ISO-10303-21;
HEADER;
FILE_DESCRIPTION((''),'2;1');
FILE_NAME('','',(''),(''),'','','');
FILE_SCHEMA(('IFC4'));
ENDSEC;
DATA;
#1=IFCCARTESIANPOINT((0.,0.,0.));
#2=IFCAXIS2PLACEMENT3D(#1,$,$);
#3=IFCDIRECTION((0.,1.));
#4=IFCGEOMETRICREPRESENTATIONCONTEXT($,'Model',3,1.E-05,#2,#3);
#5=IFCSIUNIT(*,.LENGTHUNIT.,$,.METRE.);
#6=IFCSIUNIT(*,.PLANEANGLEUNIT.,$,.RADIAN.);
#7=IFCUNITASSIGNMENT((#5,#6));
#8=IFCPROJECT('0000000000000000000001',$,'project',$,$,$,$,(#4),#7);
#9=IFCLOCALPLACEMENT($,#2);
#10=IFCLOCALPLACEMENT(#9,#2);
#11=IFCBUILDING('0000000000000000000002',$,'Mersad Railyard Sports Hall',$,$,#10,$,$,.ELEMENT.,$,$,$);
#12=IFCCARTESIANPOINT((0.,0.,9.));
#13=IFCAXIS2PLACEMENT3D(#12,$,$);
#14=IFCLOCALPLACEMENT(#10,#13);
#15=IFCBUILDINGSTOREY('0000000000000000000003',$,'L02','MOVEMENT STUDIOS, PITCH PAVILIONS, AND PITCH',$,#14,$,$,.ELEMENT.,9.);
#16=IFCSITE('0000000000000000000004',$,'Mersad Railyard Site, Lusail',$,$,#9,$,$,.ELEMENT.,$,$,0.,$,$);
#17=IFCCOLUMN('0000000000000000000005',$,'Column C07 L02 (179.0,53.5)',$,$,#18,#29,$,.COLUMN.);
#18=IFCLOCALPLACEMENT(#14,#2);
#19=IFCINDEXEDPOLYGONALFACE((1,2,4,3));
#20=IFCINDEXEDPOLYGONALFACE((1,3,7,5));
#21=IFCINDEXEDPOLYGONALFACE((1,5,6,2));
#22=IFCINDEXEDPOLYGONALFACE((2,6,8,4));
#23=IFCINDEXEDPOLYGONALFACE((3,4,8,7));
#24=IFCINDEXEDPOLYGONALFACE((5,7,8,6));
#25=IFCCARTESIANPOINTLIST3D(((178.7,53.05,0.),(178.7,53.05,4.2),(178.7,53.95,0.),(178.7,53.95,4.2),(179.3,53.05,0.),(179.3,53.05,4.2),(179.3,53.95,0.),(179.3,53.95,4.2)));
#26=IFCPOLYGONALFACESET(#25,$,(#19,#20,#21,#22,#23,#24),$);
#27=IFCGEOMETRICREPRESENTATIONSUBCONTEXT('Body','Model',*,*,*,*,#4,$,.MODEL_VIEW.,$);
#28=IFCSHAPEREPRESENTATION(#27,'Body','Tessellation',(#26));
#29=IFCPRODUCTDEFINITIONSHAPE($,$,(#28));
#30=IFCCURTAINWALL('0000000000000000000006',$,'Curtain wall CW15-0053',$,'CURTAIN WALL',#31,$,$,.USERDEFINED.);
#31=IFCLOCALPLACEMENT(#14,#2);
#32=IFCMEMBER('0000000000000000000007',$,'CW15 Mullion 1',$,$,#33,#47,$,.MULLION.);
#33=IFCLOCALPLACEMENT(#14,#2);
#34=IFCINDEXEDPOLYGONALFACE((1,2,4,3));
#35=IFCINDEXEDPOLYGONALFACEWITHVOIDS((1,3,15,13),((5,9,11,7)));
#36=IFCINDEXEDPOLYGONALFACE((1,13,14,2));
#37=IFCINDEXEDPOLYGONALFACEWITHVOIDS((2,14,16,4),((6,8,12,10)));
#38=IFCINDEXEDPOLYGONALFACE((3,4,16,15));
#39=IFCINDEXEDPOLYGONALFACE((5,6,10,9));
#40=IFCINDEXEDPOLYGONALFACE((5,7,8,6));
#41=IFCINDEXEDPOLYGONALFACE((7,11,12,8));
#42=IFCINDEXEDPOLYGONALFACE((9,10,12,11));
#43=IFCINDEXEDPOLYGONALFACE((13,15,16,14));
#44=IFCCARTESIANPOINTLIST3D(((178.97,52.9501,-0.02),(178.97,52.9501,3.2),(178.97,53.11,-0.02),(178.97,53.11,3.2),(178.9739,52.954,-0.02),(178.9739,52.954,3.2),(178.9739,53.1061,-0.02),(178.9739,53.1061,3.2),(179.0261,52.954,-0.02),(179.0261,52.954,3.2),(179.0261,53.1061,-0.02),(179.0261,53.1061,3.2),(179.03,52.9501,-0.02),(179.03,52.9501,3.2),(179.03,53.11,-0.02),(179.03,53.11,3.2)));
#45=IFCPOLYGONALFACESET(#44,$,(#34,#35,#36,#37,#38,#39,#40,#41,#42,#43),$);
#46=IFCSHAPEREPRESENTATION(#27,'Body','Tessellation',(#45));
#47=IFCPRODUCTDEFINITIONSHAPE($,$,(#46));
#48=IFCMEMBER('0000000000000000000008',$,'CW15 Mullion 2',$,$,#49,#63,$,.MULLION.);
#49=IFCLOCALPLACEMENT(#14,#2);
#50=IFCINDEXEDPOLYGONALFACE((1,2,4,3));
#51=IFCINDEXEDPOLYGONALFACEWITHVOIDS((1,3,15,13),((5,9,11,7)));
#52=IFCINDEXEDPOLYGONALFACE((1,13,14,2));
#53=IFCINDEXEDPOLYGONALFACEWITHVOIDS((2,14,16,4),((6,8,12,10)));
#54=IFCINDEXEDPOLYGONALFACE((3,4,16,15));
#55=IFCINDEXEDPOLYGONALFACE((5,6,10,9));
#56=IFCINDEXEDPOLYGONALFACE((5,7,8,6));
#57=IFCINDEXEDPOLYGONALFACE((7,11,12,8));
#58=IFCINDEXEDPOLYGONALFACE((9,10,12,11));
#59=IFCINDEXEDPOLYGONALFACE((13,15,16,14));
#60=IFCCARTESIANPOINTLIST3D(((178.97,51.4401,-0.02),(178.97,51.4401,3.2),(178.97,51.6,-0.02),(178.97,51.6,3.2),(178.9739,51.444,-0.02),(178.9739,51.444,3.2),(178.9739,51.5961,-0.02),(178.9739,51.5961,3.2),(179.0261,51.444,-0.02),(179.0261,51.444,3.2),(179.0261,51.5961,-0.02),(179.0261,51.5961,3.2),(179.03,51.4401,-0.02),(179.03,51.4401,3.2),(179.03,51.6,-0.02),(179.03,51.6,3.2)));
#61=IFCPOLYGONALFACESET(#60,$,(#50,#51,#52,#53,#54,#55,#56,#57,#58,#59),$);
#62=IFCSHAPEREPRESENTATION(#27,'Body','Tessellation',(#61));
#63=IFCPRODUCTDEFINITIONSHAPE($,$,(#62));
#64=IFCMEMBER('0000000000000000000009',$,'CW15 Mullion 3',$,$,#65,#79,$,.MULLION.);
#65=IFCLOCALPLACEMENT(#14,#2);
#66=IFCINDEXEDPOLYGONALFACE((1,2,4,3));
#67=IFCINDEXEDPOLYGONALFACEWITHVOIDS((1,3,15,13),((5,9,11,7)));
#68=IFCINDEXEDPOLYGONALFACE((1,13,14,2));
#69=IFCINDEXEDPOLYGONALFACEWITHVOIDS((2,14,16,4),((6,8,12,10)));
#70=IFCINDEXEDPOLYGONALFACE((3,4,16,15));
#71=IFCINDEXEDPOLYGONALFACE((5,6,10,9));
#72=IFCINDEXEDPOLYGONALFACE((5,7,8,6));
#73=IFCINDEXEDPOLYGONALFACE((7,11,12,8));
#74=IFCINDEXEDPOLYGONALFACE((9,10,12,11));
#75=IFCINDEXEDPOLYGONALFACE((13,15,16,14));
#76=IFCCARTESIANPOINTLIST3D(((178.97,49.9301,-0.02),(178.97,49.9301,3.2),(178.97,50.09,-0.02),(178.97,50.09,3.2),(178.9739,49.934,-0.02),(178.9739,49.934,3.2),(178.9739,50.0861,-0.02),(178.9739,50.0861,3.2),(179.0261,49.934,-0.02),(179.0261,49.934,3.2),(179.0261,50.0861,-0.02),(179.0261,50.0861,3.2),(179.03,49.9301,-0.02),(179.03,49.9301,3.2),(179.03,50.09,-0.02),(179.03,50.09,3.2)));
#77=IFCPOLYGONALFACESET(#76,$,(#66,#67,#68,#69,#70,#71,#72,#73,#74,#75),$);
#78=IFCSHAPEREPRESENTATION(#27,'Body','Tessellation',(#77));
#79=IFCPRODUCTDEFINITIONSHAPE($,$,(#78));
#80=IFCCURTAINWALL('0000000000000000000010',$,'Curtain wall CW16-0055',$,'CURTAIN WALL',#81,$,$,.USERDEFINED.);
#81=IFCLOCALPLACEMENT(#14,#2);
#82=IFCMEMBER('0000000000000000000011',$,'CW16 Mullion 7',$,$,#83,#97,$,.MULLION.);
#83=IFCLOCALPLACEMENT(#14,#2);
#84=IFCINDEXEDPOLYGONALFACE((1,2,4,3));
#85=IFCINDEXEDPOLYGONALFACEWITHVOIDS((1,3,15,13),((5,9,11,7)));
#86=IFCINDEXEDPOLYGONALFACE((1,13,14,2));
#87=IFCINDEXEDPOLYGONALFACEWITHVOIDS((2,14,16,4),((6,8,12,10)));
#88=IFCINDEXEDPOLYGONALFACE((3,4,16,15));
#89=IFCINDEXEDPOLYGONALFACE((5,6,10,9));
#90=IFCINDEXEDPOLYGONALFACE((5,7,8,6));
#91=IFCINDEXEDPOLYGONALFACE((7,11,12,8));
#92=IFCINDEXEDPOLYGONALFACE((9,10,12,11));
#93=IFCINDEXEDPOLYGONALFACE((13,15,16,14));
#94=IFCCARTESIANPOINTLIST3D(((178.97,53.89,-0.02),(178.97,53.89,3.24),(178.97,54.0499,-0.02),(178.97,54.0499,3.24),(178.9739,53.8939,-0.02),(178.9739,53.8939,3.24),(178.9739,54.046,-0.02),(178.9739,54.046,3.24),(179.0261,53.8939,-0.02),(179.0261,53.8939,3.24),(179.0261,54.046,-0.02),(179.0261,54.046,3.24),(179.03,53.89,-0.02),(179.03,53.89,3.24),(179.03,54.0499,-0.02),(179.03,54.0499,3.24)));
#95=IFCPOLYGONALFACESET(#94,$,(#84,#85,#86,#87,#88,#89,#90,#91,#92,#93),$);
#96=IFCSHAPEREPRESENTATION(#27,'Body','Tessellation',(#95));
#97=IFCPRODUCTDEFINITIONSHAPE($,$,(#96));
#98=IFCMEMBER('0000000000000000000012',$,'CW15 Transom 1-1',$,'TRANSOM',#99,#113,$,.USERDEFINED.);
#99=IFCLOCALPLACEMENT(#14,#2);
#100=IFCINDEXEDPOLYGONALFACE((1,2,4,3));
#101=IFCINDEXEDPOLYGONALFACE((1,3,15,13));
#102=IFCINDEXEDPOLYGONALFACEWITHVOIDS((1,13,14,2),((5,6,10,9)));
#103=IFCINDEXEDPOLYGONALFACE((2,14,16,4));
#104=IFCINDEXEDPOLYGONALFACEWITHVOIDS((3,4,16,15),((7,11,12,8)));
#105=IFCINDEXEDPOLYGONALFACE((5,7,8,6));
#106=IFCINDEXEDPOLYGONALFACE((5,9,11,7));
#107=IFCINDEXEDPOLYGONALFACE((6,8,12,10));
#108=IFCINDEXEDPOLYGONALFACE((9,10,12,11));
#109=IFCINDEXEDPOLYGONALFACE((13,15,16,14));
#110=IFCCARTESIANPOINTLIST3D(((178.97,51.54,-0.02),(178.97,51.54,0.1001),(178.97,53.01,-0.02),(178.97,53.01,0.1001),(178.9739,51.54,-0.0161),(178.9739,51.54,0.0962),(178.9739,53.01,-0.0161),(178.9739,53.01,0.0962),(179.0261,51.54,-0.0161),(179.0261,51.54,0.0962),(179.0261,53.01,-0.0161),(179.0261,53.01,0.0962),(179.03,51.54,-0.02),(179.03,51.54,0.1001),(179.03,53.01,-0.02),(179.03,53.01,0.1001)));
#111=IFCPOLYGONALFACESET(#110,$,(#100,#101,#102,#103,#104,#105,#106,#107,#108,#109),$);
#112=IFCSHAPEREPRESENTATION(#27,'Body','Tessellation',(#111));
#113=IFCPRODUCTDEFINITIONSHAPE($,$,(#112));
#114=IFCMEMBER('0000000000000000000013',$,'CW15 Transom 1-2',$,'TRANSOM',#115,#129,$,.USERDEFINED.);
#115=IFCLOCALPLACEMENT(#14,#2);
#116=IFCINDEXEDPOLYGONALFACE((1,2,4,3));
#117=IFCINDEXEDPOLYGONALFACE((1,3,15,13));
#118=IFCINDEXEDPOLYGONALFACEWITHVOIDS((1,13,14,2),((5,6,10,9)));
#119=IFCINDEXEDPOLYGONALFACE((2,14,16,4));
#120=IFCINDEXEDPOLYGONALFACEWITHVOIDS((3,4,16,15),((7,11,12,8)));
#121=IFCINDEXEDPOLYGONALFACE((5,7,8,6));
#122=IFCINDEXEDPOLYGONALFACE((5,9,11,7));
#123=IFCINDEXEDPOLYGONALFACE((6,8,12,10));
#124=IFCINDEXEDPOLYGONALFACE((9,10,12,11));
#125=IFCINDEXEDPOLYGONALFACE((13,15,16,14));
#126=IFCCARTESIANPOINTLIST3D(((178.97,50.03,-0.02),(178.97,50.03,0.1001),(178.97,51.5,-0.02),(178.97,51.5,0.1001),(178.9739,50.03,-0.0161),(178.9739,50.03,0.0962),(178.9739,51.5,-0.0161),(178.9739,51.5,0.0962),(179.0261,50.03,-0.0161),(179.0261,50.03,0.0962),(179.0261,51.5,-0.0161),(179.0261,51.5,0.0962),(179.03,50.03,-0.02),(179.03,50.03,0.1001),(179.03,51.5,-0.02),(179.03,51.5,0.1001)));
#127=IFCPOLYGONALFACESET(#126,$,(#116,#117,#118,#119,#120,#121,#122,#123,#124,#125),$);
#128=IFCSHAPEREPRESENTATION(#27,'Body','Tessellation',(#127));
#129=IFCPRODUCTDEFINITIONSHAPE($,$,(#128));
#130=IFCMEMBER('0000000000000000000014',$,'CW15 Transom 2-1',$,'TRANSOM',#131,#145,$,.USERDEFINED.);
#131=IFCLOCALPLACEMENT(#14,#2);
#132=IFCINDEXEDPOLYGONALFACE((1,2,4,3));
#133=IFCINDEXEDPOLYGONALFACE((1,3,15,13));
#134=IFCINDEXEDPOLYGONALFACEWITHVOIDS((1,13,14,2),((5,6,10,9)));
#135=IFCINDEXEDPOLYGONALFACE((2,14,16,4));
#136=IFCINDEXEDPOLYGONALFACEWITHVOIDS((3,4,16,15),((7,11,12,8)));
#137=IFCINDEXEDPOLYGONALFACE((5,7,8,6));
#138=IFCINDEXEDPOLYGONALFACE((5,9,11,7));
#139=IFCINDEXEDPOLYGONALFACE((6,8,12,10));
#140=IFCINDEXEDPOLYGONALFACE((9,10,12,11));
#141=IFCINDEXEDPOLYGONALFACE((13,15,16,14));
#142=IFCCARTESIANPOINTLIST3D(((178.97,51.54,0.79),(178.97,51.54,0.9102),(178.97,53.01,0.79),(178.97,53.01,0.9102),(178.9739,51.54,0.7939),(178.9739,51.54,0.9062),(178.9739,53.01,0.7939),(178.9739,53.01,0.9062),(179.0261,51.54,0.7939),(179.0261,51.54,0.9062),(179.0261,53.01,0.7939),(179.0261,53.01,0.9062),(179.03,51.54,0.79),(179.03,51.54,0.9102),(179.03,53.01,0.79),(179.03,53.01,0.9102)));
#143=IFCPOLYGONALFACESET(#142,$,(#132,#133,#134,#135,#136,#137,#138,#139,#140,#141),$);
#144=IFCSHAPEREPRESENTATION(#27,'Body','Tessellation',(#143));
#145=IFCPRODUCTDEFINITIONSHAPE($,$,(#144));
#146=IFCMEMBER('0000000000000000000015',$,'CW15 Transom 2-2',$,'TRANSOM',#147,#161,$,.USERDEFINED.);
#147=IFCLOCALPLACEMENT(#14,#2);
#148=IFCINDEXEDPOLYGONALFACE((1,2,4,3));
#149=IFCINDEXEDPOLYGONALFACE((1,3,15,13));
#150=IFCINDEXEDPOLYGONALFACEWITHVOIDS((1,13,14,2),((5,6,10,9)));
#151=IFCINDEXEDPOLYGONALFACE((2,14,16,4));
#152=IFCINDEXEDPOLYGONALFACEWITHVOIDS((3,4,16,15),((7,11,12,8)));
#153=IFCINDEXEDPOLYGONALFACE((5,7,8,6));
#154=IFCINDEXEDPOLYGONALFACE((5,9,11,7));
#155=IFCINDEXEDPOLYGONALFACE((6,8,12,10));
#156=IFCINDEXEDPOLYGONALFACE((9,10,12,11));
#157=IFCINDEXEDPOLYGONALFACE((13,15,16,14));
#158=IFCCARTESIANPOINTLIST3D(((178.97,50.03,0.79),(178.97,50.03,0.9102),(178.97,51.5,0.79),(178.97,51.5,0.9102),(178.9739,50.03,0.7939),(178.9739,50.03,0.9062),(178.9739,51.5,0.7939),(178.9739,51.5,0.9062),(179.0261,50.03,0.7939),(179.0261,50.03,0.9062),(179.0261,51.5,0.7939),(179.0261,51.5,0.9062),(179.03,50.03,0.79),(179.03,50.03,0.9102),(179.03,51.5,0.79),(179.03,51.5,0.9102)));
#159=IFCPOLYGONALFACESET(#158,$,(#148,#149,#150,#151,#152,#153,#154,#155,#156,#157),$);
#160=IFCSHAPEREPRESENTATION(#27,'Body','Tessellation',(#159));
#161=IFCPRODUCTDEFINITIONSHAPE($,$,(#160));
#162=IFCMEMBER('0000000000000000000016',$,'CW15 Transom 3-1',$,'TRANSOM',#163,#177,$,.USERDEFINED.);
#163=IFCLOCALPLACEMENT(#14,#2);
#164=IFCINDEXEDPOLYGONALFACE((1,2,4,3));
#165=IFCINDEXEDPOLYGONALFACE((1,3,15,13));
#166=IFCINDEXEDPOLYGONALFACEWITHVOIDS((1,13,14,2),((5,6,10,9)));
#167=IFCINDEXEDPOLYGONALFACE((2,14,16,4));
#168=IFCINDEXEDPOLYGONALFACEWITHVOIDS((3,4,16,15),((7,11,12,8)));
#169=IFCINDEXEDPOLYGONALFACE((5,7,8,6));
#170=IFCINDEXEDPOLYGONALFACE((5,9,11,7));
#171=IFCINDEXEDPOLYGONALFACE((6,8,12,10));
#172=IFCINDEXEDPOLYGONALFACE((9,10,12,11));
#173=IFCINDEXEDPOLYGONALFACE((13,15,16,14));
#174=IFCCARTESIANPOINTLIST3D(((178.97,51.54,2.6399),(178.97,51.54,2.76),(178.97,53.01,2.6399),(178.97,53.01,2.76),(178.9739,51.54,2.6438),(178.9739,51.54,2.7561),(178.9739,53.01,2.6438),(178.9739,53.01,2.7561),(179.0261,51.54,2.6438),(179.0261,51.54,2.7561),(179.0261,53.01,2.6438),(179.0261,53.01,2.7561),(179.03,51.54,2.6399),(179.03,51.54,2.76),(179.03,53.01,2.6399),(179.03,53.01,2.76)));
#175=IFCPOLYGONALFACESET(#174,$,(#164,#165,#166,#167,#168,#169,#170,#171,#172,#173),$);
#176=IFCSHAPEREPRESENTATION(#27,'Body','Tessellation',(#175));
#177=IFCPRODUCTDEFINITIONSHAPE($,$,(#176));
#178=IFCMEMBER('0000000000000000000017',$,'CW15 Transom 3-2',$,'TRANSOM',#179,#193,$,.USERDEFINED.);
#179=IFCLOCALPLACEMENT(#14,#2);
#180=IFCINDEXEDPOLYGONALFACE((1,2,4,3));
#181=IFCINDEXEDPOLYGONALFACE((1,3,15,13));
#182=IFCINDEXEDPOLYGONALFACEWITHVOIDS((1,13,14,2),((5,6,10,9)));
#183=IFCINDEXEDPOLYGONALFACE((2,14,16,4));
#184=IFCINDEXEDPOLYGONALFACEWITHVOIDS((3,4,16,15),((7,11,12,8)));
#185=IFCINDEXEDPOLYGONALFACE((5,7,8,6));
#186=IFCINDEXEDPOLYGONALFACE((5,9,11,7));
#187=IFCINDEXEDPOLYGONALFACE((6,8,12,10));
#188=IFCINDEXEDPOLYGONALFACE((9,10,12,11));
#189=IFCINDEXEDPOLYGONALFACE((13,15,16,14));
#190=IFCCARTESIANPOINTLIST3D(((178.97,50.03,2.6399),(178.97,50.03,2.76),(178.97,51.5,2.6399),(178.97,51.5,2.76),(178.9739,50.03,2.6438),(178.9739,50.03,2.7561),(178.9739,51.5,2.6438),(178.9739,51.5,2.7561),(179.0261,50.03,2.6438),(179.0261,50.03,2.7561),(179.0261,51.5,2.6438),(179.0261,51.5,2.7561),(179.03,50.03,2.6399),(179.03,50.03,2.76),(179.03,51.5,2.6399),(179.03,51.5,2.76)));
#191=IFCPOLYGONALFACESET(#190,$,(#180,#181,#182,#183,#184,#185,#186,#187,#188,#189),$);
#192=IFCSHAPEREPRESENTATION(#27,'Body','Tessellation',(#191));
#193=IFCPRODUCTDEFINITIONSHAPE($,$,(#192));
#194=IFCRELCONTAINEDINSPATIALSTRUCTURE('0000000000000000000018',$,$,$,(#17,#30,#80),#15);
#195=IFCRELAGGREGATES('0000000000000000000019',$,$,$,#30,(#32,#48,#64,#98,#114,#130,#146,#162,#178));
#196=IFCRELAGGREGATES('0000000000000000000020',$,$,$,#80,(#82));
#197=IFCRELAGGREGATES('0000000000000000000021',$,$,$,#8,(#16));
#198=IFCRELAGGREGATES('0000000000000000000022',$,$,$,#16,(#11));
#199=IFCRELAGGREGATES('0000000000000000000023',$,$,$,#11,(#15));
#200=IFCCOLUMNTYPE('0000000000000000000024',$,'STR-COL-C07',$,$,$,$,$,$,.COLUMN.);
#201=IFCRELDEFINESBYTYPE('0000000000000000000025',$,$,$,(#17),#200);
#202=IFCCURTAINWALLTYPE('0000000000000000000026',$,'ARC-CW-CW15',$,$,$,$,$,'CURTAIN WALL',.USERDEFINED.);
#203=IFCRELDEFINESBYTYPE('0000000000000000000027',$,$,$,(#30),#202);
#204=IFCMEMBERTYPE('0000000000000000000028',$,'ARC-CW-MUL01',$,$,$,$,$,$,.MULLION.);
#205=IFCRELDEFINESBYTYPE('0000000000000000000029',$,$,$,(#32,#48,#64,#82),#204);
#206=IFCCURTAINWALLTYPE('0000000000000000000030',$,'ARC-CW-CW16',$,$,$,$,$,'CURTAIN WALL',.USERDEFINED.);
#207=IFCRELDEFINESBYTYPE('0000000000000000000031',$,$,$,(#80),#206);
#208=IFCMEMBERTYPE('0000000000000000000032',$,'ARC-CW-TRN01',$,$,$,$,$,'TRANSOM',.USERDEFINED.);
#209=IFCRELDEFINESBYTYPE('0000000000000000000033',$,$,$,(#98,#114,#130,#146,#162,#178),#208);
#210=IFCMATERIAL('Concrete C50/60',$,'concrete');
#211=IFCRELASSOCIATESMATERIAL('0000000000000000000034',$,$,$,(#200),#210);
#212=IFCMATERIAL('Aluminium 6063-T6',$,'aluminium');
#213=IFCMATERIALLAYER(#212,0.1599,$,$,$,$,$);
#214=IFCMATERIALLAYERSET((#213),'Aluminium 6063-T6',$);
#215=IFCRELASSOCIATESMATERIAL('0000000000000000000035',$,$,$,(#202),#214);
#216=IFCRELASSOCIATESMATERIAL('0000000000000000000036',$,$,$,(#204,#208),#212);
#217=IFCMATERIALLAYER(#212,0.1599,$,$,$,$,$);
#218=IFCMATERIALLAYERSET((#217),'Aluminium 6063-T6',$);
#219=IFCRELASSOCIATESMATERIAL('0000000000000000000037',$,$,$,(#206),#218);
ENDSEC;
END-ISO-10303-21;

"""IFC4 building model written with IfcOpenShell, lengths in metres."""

from ifc_helpers import new_model, si_unit, direction, frame, origin, origin_2d, place, context, subcontext, project, spatial, rectangle, hollow_rectangle, extrude, material, layer, layer_set, material_profile, profile_set, type_object, element, aggregate, save


model = new_model("IFC4")

# Units and contexts
model_context = context("Model", 3, precision=1e-05, world=origin(), true_north=direction((0.0, 1.0)))
body_context = subcontext(model_context, "Body", "Model", "MODEL_VIEW")
ifc_project = project(units=[si_unit("LENGTHUNIT", "METRE"), si_unit("PLANEANGLEUNIT", "RADIAN")], contexts=[model_context])

# Site, building, storey
site_placement = place(None, origin())
site = spatial("IfcSite", under=ifc_project, at=site_placement, Name="Mersad Railyard Site, Lusail", CompositionType="ELEMENT", RefElevation=0.0)
building_placement = place(site_placement, origin())
building = spatial("IfcBuilding", under=site, at=building_placement, Name="Mersad Railyard Sports Hall", CompositionType="ELEMENT")
storey_placement = place(building_placement, frame((0.0, 0.0, 9.0)))
storey = spatial("IfcBuildingStorey", under=building, at=storey_placement, Name="L02", Description="MOVEMENT STUDIOS, PITCH PAVILIONS, AND PITCH", CompositionType="ELEMENT", Elevation=9.0)

# Column
ifc_material_1 = material(Name="Concrete C50/60", Category="concrete")
ifc_material_profile_1 = material_profile(ifc_material_1, rectangle(XDim=0.6001, YDim=0.8999, at=origin_2d()), Name="RC 600x900")
ifc_profile_set_1 = profile_set([ifc_material_profile_1], Name="Concrete C50/60")
column_type = type_object("IfcColumnType", Name="STR-COL-C07", PredefinedType="COLUMN", material=ifc_profile_set_1)
column_placement = place(storey_placement, frame((179.0, 53.5, 0.0), z_axis=(0.0, 0.0, 1.0), x_axis=(1.0, 0.0, 0.0)))
element("IfcColumn", 1, at=column_placement, inside=storey, type_object=column_type, Name="Column C07 L02 (179.0,53.5)", PredefinedType="COLUMN", context=body_context, shape_type="SweptSolid", body=[
    extrude(rectangle(XDim=0.6001, YDim=0.8999, at=origin_2d()), origin(), (0.0, 0.0, 1.0), 4.2),
])

# Curtain wall, members
ifc_material_2 = material(Name="Aluminium 6063-T6", Category="aluminium")
ifc_layer_1 = layer(ifc_material_2, 0.1599)
ifc_layer_set_1 = layer_set([ifc_layer_1], Name="Aluminium 6063-T6")
curtain_wall_type_1 = type_object("IfcCurtainWallType", Name="ARC-CW-CW15", ElementType="CURTAIN WALL", PredefinedType="USERDEFINED", material=ifc_layer_set_1)
curtain_wall_1_placement = place(storey_placement, origin())
curtain_wall_1 = element("IfcCurtainWall", 2, at=curtain_wall_1_placement, inside=storey, type_object=curtain_wall_type_1, Name="Curtain wall CW15-0053", ObjectType="CURTAIN WALL", PredefinedType="USERDEFINED")
ifc_material_profile_2 = material_profile(ifc_material_2, hollow_rectangle(XDim=0.0601, YDim=0.1599, WallThickness=0.0039, at=origin_2d()), Name="AL MULLION 60x160x4")
ifc_profile_set_2 = profile_set([ifc_material_profile_2], Name="Aluminium 6063-T6")
member_type_1 = type_object("IfcMemberType", Name="ARC-CW-MUL01", PredefinedType="MULLION", material=ifc_profile_set_2)
member_1_placement = place(storey_placement, frame((179.0, 53.03, -0.02), z_axis=(0.0, 0.0, 1.0), x_axis=(1.0, 0.0, 0.0)))
member_1 = element("IfcMember", 3, at=member_1_placement, type_object=member_type_1, Name="CW15 Mullion 1", PredefinedType="MULLION", context=body_context, shape_type="SweptSolid", body=[
    extrude(hollow_rectangle(XDim=0.0601, YDim=0.1599, WallThickness=0.0039, at=origin_2d()), origin(), (0.0, 0.0, 1.0), 3.22),
])
member_2_placement = place(storey_placement, frame((179.0, 51.52, -0.02), z_axis=(0.0, 0.0, 1.0), x_axis=(1.0, 0.0, 0.0)))
member_2 = element("IfcMember", 4, at=member_2_placement, type_object=member_type_1, Name="CW15 Mullion 2", PredefinedType="MULLION", context=body_context, shape_type="SweptSolid", body=[
    extrude(hollow_rectangle(XDim=0.0601, YDim=0.1599, WallThickness=0.0039, at=origin_2d()), origin(), (0.0, 0.0, 1.0), 3.22),
])
member_3_placement = place(storey_placement, frame((179.0, 50.01, -0.02), z_axis=(0.0, 0.0, 1.0), x_axis=(1.0, 0.0, 0.0)))
member_3 = element("IfcMember", 5, at=member_3_placement, type_object=member_type_1, Name="CW15 Mullion 3", PredefinedType="MULLION", context=body_context, shape_type="SweptSolid", body=[
    extrude(hollow_rectangle(XDim=0.0601, YDim=0.1599, WallThickness=0.0039, at=origin_2d()), origin(), (0.0, 0.0, 1.0), 3.22),
])

# Curtain wall, member
ifc_layer_2 = layer(ifc_material_2, 0.1599)
ifc_layer_set_2 = layer_set([ifc_layer_2], Name="Aluminium 6063-T6")
curtain_wall_type_2 = type_object("IfcCurtainWallType", Name="ARC-CW-CW16", ElementType="CURTAIN WALL", PredefinedType="USERDEFINED", material=ifc_layer_set_2)
curtain_wall_2_placement = place(storey_placement, origin())
curtain_wall_2 = element("IfcCurtainWall", 6, at=curtain_wall_2_placement, inside=storey, type_object=curtain_wall_type_2, Name="Curtain wall CW16-0055", ObjectType="CURTAIN WALL", PredefinedType="USERDEFINED")
member_4_placement = place(storey_placement, frame((179.0, 53.97, -0.02), z_axis=(0.0, 0.0, 1.0), x_axis=(1.0, 0.0, 0.0)))
member_4 = element("IfcMember", 7, at=member_4_placement, type_object=member_type_1, Name="CW16 Mullion 7", PredefinedType="MULLION", context=body_context, shape_type="SweptSolid", body=[
    extrude(hollow_rectangle(XDim=0.0601, YDim=0.1599, WallThickness=0.0039, at=origin_2d()), origin(), (0.0, 0.0, 1.0), 3.26),
])

# Members
ifc_material_profile_3 = material_profile(ifc_material_2, hollow_rectangle(XDim=0.0601, YDim=0.1201, WallThickness=0.0039, at=origin_2d()), Name="AL TRANSOM 60x120x4")
ifc_profile_set_3 = profile_set([ifc_material_profile_3], Name="Aluminium 6063-T6")
member_type_2 = type_object("IfcMemberType", Name="ARC-CW-TRN01", ElementType="TRANSOM", PredefinedType="USERDEFINED", material=ifc_profile_set_3)
member_5_placement = place(storey_placement, frame((179.0, 53.01, 0.04), z_axis=(0.0, -1.0, 0.0), x_axis=(1.0, 0.0, 0.0)))
member_5 = element("IfcMember", 8, at=member_5_placement, type_object=member_type_2, Name="CW15 Transom 1-1", ObjectType="TRANSOM", PredefinedType="USERDEFINED", context=body_context, shape_type="SweptSolid", body=[
    extrude(hollow_rectangle(XDim=0.0601, YDim=0.1201, WallThickness=0.0039, at=origin_2d()), origin(), (0.0, 0.0, 1.0), 1.47),
])
member_6_placement = place(storey_placement, frame((179.0, 51.5, 0.04), z_axis=(0.0, -1.0, 0.0), x_axis=(1.0, 0.0, 0.0)))
member_6 = element("IfcMember", 9, at=member_6_placement, type_object=member_type_2, Name="CW15 Transom 1-2", ObjectType="TRANSOM", PredefinedType="USERDEFINED", context=body_context, shape_type="SweptSolid", body=[
    extrude(hollow_rectangle(XDim=0.0601, YDim=0.1201, WallThickness=0.0039, at=origin_2d()), origin(), (0.0, 0.0, 1.0), 1.47),
])
member_7_placement = place(storey_placement, frame((179.0, 53.01, 0.8501), z_axis=(0.0, -1.0, 0.0), x_axis=(1.0, 0.0, 0.0)))
member_7 = element("IfcMember", 10, at=member_7_placement, type_object=member_type_2, Name="CW15 Transom 2-1", ObjectType="TRANSOM", PredefinedType="USERDEFINED", context=body_context, shape_type="SweptSolid", body=[
    extrude(hollow_rectangle(XDim=0.0601, YDim=0.1201, WallThickness=0.0039, at=origin_2d()), origin(), (0.0, 0.0, 1.0), 1.47),
])
member_8_placement = place(storey_placement, frame((179.0, 51.5, 0.8501), z_axis=(0.0, -1.0, 0.0), x_axis=(1.0, 0.0, 0.0)))
member_8 = element("IfcMember", 11, at=member_8_placement, type_object=member_type_2, Name="CW15 Transom 2-2", ObjectType="TRANSOM", PredefinedType="USERDEFINED", context=body_context, shape_type="SweptSolid", body=[
    extrude(hollow_rectangle(XDim=0.0601, YDim=0.1201, WallThickness=0.0039, at=origin_2d()), origin(), (0.0, 0.0, 1.0), 1.47),
])
member_9_placement = place(storey_placement, frame((179.0, 53.01, 2.7), z_axis=(0.0, -1.0, 0.0), x_axis=(1.0, 0.0, 0.0)))
member_9 = element("IfcMember", 12, at=member_9_placement, type_object=member_type_2, Name="CW15 Transom 3-1", ObjectType="TRANSOM", PredefinedType="USERDEFINED", context=body_context, shape_type="SweptSolid", body=[
    extrude(hollow_rectangle(XDim=0.0601, YDim=0.1201, WallThickness=0.0039, at=origin_2d()), origin(), (0.0, 0.0, 1.0), 1.47),
])
member_10_placement = place(storey_placement, frame((179.0, 51.5, 2.7), z_axis=(0.0, -1.0, 0.0), x_axis=(1.0, 0.0, 0.0)))
member_10 = element("IfcMember", 13, at=member_10_placement, type_object=member_type_2, Name="CW15 Transom 3-2", ObjectType="TRANSOM", PredefinedType="USERDEFINED", context=body_context, shape_type="SweptSolid", body=[
    extrude(hollow_rectangle(XDim=0.0601, YDim=0.1201, WallThickness=0.0039, at=origin_2d()), origin(), (0.0, 0.0, 1.0), 1.47),
])

aggregate(curtain_wall_1, [member_1, member_2, member_3, member_5, member_6, member_7, member_8, member_9, member_10])
aggregate(curtain_wall_2, [member_4])

save(model, "model.ifc")
